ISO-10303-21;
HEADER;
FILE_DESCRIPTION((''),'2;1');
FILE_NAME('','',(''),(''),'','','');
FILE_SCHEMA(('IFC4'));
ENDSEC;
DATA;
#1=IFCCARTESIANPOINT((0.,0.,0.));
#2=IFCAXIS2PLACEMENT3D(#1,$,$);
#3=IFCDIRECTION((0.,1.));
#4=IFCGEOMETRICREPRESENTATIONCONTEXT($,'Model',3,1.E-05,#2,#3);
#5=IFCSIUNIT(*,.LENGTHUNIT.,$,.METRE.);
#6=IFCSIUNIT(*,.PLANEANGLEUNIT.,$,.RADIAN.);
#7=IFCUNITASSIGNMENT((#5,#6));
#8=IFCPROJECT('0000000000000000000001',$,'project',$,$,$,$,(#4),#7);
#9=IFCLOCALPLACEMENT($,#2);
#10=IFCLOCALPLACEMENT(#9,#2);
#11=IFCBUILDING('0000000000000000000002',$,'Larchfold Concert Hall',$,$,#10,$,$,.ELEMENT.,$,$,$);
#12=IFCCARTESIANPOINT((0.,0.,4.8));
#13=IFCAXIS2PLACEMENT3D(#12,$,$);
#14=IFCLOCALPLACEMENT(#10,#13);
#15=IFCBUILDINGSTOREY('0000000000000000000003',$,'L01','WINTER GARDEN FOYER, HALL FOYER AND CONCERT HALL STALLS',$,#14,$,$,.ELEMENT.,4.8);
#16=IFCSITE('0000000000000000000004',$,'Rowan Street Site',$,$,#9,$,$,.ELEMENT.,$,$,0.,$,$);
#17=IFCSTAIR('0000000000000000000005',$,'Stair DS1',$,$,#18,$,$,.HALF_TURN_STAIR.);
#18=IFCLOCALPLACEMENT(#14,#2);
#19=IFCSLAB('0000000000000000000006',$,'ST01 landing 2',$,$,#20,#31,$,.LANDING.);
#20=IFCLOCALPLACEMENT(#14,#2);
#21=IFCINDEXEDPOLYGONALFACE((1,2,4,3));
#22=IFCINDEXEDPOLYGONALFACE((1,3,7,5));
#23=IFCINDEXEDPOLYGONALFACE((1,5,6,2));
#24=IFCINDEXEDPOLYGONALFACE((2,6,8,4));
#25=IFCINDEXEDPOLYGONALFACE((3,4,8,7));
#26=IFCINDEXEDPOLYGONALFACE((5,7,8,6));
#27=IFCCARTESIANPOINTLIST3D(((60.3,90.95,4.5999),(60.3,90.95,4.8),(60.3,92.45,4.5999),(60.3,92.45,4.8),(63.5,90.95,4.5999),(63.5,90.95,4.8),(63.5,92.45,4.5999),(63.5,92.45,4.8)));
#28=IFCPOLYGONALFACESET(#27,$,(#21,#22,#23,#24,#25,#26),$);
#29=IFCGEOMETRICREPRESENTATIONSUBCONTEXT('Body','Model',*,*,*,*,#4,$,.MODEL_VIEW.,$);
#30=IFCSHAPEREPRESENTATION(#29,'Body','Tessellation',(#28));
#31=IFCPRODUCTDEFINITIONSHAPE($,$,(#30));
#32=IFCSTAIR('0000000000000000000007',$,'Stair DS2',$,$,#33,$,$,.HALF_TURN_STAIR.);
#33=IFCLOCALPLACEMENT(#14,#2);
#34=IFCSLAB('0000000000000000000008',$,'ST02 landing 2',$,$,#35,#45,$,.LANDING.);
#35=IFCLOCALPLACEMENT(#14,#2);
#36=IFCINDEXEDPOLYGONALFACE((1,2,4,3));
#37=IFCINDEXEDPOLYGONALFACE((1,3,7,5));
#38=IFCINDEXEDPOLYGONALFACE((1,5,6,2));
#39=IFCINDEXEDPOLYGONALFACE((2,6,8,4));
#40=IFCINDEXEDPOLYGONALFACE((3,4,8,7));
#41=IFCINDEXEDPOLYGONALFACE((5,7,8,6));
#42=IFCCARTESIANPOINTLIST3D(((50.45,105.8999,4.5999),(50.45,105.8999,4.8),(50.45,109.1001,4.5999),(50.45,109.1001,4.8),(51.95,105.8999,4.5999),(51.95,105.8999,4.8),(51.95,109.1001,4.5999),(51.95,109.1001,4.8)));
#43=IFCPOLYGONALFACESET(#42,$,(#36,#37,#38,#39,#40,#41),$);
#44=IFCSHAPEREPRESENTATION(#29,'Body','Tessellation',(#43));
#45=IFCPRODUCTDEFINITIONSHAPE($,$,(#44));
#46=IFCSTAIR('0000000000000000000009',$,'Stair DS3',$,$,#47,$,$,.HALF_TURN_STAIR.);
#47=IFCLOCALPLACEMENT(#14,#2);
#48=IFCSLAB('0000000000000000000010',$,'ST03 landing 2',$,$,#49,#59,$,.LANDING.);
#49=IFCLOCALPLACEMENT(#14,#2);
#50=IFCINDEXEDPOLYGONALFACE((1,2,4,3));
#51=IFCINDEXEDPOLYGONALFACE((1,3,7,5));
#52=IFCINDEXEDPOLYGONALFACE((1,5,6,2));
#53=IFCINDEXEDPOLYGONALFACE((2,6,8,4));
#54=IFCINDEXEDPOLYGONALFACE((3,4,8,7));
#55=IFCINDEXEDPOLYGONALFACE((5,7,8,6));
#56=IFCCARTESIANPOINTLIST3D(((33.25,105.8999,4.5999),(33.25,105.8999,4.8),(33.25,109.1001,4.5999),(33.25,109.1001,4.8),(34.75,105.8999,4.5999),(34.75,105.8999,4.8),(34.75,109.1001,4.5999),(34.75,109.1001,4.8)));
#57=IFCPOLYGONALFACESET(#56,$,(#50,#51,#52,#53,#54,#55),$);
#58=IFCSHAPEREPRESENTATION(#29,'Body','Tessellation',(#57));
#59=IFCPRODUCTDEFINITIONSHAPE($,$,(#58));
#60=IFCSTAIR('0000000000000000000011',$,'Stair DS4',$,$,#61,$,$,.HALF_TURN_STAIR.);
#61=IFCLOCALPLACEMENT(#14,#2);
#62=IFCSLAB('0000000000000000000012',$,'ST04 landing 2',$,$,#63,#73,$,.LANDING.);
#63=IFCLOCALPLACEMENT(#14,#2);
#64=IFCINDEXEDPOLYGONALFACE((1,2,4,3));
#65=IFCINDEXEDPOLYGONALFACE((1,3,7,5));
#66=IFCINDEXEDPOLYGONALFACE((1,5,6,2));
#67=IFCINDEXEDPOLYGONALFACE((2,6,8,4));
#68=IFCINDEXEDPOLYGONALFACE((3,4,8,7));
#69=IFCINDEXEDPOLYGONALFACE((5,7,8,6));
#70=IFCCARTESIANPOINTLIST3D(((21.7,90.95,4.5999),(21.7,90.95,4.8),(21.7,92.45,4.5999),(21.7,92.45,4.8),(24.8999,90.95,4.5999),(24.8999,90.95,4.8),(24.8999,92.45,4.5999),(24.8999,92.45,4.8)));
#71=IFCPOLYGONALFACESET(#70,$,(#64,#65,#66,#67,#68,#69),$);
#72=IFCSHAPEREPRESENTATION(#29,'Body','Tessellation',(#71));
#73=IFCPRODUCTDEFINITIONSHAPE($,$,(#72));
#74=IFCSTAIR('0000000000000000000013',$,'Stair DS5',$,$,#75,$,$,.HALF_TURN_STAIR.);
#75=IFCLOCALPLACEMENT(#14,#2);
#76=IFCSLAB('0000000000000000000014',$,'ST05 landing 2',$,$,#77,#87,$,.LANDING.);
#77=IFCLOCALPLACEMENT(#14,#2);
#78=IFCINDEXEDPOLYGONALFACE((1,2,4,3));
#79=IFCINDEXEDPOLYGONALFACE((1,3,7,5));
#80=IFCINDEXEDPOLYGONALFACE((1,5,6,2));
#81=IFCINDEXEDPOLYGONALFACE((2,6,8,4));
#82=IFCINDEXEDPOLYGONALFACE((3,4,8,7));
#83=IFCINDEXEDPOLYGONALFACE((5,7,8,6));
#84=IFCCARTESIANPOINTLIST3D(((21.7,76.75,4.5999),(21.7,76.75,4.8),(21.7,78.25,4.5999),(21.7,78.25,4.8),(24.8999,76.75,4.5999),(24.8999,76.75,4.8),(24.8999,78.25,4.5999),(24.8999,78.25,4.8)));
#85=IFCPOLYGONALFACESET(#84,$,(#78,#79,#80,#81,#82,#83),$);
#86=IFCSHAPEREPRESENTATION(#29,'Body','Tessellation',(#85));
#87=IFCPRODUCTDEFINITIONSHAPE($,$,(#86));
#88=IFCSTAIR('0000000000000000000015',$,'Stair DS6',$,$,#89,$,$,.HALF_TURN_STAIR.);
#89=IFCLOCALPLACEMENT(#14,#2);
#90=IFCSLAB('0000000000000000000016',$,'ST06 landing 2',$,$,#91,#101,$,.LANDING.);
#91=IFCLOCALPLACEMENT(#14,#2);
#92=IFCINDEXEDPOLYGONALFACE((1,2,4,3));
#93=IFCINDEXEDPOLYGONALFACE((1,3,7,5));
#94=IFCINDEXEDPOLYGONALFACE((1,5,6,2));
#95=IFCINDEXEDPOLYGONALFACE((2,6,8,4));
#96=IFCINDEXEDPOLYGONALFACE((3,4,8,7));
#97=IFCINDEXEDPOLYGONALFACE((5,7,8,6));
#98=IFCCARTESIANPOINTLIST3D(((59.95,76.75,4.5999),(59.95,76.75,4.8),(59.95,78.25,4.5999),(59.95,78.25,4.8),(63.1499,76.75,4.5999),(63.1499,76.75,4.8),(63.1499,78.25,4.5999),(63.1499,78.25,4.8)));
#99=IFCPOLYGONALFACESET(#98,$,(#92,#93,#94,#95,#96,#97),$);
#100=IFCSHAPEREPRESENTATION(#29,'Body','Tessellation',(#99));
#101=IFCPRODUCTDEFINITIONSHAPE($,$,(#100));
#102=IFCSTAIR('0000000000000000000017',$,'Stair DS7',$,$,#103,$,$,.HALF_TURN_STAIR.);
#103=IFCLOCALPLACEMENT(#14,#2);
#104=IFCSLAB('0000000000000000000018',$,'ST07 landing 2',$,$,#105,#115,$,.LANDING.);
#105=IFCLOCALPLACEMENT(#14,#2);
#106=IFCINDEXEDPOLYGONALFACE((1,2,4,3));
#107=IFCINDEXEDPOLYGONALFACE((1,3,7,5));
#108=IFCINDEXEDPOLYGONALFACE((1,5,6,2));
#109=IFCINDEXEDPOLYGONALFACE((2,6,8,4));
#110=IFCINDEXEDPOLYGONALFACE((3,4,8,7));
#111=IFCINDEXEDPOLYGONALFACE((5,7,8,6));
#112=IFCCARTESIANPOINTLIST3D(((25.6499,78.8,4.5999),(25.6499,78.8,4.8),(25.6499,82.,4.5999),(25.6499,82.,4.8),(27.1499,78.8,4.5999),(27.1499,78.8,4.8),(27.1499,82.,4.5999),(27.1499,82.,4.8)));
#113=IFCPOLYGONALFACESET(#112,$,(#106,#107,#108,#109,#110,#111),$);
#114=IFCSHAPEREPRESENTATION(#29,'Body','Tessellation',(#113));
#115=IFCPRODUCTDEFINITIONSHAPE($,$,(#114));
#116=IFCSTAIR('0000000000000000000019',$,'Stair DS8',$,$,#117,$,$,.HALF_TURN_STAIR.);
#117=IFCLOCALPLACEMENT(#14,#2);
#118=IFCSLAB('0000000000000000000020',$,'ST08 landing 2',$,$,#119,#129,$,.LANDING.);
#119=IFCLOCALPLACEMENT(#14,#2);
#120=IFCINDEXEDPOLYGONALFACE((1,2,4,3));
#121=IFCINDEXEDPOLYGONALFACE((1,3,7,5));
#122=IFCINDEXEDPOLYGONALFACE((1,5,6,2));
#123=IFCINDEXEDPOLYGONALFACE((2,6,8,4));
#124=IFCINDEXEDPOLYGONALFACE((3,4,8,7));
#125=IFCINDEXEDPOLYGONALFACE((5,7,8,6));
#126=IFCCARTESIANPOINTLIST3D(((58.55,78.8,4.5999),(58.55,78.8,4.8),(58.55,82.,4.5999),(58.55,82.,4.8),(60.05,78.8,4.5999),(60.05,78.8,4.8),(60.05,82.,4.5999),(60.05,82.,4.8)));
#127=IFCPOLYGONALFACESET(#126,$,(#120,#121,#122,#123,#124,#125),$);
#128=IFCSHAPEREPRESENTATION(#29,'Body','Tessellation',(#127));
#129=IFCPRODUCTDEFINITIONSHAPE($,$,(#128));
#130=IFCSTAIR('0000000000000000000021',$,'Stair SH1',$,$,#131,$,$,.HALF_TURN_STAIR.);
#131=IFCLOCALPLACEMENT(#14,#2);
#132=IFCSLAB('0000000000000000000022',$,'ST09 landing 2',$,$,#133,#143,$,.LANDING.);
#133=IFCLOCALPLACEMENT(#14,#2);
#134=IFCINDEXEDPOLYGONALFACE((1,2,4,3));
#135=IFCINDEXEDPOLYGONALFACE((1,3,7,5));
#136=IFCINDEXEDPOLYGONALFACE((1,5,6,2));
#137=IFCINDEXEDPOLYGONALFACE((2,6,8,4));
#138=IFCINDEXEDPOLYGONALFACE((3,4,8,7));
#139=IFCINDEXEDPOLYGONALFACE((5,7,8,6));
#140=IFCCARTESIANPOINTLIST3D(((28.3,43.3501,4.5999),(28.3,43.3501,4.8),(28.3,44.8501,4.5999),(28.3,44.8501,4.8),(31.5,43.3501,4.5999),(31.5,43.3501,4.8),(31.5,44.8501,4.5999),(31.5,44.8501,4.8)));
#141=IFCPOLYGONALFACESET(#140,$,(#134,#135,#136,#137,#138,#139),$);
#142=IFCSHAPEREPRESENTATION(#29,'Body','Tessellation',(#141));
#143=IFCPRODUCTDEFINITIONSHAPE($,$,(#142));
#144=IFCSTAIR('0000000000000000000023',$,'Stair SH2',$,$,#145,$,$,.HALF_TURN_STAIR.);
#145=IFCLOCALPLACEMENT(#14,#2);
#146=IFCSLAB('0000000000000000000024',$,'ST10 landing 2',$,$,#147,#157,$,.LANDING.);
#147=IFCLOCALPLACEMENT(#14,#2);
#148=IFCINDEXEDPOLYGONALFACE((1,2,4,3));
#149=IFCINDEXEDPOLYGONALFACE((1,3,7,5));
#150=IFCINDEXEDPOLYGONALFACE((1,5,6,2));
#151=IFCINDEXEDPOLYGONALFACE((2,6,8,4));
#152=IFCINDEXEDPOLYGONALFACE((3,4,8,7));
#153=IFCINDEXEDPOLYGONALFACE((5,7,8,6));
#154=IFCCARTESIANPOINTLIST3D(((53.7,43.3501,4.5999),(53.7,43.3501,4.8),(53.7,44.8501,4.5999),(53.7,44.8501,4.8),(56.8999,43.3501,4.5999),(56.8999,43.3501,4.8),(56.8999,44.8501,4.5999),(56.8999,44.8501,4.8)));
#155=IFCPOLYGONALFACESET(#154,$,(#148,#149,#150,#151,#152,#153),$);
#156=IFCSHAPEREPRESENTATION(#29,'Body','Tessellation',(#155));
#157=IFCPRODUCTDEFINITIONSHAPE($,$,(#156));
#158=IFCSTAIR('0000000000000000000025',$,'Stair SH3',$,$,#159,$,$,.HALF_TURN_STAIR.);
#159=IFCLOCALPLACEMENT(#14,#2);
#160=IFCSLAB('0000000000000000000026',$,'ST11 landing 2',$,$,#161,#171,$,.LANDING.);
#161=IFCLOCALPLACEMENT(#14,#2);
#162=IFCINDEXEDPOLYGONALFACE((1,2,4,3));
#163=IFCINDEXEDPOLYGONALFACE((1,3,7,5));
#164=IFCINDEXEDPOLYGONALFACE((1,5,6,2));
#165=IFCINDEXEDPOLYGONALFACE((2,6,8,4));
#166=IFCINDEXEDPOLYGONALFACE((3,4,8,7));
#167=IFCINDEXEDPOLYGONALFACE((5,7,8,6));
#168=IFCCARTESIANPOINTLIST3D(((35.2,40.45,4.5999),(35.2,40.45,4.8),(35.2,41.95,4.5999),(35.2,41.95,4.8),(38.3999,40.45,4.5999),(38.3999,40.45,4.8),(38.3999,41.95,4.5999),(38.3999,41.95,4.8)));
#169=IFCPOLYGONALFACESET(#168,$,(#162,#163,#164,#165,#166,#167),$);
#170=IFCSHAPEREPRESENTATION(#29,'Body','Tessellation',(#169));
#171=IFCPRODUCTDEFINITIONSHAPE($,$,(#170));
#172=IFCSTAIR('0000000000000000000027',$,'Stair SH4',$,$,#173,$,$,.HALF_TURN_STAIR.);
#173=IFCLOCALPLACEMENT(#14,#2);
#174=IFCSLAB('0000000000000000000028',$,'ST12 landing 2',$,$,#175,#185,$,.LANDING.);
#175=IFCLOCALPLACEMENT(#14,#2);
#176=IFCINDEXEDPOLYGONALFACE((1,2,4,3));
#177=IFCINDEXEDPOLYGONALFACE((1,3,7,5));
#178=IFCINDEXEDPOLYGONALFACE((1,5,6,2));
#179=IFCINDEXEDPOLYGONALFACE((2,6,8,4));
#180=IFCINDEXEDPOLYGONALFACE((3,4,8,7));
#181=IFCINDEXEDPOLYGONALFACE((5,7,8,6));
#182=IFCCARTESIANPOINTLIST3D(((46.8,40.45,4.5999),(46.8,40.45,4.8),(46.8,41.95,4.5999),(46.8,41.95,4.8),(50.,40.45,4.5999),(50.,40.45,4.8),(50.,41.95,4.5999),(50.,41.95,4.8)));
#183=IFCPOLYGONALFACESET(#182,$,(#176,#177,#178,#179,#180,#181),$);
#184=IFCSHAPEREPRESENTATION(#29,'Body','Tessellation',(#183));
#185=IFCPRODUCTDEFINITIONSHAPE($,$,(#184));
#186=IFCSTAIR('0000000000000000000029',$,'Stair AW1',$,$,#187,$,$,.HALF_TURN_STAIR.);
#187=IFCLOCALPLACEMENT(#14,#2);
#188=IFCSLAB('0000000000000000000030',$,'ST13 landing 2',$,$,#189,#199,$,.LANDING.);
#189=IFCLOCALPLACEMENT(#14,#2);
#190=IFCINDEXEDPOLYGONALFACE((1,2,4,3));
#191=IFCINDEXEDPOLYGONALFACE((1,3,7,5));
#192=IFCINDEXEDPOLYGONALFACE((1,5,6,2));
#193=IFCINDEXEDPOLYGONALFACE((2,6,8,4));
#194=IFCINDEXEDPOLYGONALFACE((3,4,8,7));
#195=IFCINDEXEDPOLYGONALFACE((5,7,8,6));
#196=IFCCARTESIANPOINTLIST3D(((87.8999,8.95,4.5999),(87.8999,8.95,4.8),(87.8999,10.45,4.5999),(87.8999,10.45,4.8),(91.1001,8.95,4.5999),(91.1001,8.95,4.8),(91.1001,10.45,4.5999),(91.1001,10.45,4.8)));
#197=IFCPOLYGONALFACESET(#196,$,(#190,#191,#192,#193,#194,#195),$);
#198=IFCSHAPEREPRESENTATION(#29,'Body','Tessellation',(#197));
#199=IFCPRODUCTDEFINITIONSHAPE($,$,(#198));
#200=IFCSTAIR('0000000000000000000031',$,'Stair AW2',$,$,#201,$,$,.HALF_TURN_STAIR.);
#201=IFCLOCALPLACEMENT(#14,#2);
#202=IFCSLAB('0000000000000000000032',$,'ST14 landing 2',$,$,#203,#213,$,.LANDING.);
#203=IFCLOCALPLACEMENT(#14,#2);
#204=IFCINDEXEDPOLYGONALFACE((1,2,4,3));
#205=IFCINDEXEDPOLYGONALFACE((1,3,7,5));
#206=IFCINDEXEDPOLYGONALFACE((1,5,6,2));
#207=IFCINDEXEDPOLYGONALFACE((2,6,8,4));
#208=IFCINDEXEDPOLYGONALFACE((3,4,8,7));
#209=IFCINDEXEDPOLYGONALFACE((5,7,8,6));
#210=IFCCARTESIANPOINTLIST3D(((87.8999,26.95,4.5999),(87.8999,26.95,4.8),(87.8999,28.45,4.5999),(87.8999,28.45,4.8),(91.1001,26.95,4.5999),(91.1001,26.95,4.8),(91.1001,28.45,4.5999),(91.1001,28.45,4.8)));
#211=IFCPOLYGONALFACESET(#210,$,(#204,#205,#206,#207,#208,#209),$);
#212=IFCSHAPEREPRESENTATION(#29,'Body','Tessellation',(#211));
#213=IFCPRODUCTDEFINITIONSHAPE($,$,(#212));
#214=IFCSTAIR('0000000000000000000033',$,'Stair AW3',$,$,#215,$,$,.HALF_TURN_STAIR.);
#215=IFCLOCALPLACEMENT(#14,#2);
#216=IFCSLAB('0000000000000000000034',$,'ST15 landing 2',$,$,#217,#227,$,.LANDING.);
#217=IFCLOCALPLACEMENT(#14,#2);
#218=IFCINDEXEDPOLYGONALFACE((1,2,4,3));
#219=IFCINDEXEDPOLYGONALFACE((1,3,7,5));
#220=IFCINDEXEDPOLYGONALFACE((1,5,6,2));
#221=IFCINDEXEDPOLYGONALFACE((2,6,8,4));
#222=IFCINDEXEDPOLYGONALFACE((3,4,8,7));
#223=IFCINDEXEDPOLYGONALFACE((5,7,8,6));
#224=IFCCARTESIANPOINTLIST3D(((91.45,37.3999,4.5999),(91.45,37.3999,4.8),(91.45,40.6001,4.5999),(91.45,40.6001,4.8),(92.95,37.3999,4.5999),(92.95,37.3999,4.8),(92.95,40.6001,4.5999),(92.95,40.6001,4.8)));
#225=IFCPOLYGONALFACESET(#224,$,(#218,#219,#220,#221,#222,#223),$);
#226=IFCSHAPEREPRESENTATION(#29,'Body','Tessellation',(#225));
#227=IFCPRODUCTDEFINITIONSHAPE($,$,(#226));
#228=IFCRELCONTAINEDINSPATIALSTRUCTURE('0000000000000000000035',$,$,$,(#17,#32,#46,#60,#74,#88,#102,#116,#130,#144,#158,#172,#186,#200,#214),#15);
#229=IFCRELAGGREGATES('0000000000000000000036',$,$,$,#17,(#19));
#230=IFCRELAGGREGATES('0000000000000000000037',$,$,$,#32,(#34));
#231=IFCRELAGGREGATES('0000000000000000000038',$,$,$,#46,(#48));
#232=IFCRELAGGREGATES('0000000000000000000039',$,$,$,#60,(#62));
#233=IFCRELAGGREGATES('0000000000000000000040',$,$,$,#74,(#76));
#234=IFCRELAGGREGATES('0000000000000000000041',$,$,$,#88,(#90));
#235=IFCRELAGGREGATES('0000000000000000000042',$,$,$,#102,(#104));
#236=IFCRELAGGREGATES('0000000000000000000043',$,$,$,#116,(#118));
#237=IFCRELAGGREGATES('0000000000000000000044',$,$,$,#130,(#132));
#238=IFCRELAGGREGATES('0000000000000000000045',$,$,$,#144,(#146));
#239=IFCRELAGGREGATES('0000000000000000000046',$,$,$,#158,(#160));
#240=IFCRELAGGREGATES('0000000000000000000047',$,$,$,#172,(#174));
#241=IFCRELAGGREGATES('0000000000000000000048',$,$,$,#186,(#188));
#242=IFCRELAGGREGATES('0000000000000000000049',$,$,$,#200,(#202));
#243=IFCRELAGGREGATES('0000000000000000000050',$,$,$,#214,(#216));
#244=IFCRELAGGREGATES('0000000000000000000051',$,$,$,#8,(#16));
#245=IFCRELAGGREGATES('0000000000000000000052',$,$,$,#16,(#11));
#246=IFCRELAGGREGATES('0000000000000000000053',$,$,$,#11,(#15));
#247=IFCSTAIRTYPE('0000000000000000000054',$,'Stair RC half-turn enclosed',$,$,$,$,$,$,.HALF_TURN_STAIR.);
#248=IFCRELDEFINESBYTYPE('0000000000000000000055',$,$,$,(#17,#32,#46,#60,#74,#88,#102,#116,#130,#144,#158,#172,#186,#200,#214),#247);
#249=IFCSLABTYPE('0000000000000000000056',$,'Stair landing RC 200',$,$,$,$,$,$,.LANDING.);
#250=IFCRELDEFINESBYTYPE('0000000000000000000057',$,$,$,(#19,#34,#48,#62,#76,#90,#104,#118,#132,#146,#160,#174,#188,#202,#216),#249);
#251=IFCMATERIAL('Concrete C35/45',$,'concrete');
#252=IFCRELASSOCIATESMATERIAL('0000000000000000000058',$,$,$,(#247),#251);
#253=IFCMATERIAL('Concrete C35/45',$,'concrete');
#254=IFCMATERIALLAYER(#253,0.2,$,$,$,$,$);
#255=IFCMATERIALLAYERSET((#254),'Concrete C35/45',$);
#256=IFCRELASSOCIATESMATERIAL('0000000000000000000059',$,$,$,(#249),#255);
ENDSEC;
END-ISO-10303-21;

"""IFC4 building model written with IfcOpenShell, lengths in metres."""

from ifc_helpers import new_model, si_unit, direction, frame, origin, place, context, subcontext, project, spatial, polyline, outline, extrude, material, layer, layer_set, type_object, element, aggregate, save


model = new_model("IFC4")

# Units and contexts
model_context = context("Model", 3, precision=1e-05, world=origin(), true_north=direction((0.0, 1.0)))
body_context = subcontext(model_context, "Body", "Model", "MODEL_VIEW")
ifc_project = project(units=[si_unit("LENGTHUNIT", "METRE"), si_unit("PLANEANGLEUNIT", "RADIAN")], contexts=[model_context])

# Site, building, storey
site_placement = place(None, origin())
site = spatial("IfcSite", under=ifc_project, at=site_placement, Name="Rowan Street Site", CompositionType="ELEMENT", RefElevation=0.0)
building_placement = place(site_placement, origin())
building = spatial("IfcBuilding", under=site, at=building_placement, Name="Larchfold Concert Hall", CompositionType="ELEMENT")
storey_placement = place(building_placement, frame((0.0, 0.0, 4.8)))
storey = spatial("IfcBuildingStorey", under=building, at=storey_placement, Name="L01", Description="WINTER GARDEN FOYER, HALL FOYER AND CONCERT HALL STALLS", CompositionType="ELEMENT", Elevation=4.8)

# Stairs, slabs
ifc_material_1 = material(Name="Concrete C35/45", Category="concrete")
stair_type_1 = type_object("IfcStairType", Name="Stair RC half-turn enclosed", PredefinedType="HALF_TURN_STAIR", material=ifc_material_1)
stair_1_placement = place(storey_placement, origin())
stair_1 = element("IfcStair", 1, at=stair_1_placement, inside=storey, type_object=stair_type_1, Name="Stair DS1", PredefinedType="HALF_TURN_STAIR")
ifc_material_2 = material(Name="Concrete C35/45", Category="concrete")
ifc_layer_1 = layer(ifc_material_2, 0.2)
ifc_layer_set_1 = layer_set([ifc_layer_1], Name="Concrete C35/45")
slab_type = type_object("IfcSlabType", Name="Stair landing RC 200", PredefinedType="LANDING", material=ifc_layer_set_1)
slab_1_placement = place(storey_placement, frame((0.0, 0.0, 4.5999)))
slab_1 = element("IfcSlab", 2, at=slab_1_placement, type_object=slab_type, Name="ST01 landing 2", PredefinedType="LANDING", context=body_context, shape_type="SweptSolid", body=[
    extrude(outline(polyline([(63.5, 90.95), (63.5, 92.45), (60.3, 92.45), (60.3, 90.95), (63.5, 90.95)])), origin(), (0.0, 0.0, 1.0), 0.2002),
])
aggregate(stair_1, [slab_1])
stair_2_placement = place(storey_placement, origin())
stair_2 = element("IfcStair", 3, at=stair_2_placement, inside=storey, type_object=stair_type_1, Name="Stair DS2", PredefinedType="HALF_TURN_STAIR")
slab_2_placement = place(storey_placement, frame((0.0, 0.0, 4.5999)))
slab_2 = element("IfcSlab", 4, at=slab_2_placement, type_object=slab_type, Name="ST02 landing 2", PredefinedType="LANDING", context=body_context, shape_type="SweptSolid", body=[
    extrude(outline(polyline([(50.45, 105.8999), (51.95, 105.8999), (51.95, 109.1001), (50.45, 109.1001), (50.45, 105.8999)])), origin(), (0.0, 0.0, 1.0), 0.2002),
])
aggregate(stair_2, [slab_2])
stair_3_placement = place(storey_placement, origin())
stair_3 = element("IfcStair", 5, at=stair_3_placement, inside=storey, type_object=stair_type_1, Name="Stair DS3", PredefinedType="HALF_TURN_STAIR")
slab_3_placement = place(storey_placement, frame((0.0, 0.0, 4.5999)))
slab_3 = element("IfcSlab", 6, at=slab_3_placement, type_object=slab_type, Name="ST03 landing 2", PredefinedType="LANDING", context=body_context, shape_type="SweptSolid", body=[
    extrude(outline(polyline([(34.75, 109.1001), (33.25, 109.1001), (33.25, 105.8999), (34.75, 105.8999), (34.75, 109.1001)])), origin(), (0.0, 0.0, 1.0), 0.2002),
])
aggregate(stair_3, [slab_3])
stair_4_placement = place(storey_placement, origin())
stair_4 = element("IfcStair", 7, at=stair_4_placement, inside=storey, type_object=stair_type_1, Name="Stair DS4", PredefinedType="HALF_TURN_STAIR")
slab_4_placement = place(storey_placement, frame((0.0, 0.0, 4.5999)))
slab_4 = element("IfcSlab", 8, at=slab_4_placement, type_object=slab_type, Name="ST04 landing 2", PredefinedType="LANDING", context=body_context, shape_type="SweptSolid", body=[
    extrude(outline(polyline([(24.8999, 90.95), (24.8999, 92.45), (21.7, 92.45), (21.7, 90.95), (24.8999, 90.95)])), origin(), (0.0, 0.0, 1.0), 0.2002),
])
aggregate(stair_4, [slab_4])
stair_5_placement = place(storey_placement, origin())
stair_5 = element("IfcStair", 9, at=stair_5_placement, inside=storey, type_object=stair_type_1, Name="Stair DS5", PredefinedType="HALF_TURN_STAIR")
slab_5_placement = place(storey_placement, frame((0.0, 0.0, 4.5999)))
slab_5 = element("IfcSlab", 10, at=slab_5_placement, type_object=slab_type, Name="ST05 landing 2", PredefinedType="LANDING", context=body_context, shape_type="SweptSolid", body=[
    extrude(outline(polyline([(21.7, 78.25), (21.7, 76.75), (24.8999, 76.75), (24.8999, 78.25), (21.7, 78.25)])), origin(), (0.0, 0.0, 1.0), 0.2002),
])
aggregate(stair_5, [slab_5])
stair_6_placement = place(storey_placement, origin())
stair_6 = element("IfcStair", 11, at=stair_6_placement, inside=storey, type_object=stair_type_1, Name="Stair DS6", PredefinedType="HALF_TURN_STAIR")
slab_6_placement = place(storey_placement, frame((0.0, 0.0, 4.5999)))
slab_6 = element("IfcSlab", 12, at=slab_6_placement, type_object=slab_type, Name="ST06 landing 2", PredefinedType="LANDING", context=body_context, shape_type="SweptSolid", body=[
    extrude(outline(polyline([(59.95, 78.25), (59.95, 76.75), (63.1499, 76.75), (63.1499, 78.25), (59.95, 78.25)])), origin(), (0.0, 0.0, 1.0), 0.2002),
])
aggregate(stair_6, [slab_6])
stair_7_placement = place(storey_placement, origin())
stair_7 = element("IfcStair", 13, at=stair_7_placement, inside=storey, type_object=stair_type_1, Name="Stair DS7", PredefinedType="HALF_TURN_STAIR")
slab_7_placement = place(storey_placement, frame((0.0, 0.0, 4.5999)))
slab_7 = element("IfcSlab", 14, at=slab_7_placement, type_object=slab_type, Name="ST07 landing 2", PredefinedType="LANDING", context=body_context, shape_type="SweptSolid", body=[
    extrude(outline(polyline([(27.1499, 82.0), (25.6499, 82.0), (25.6499, 78.8), (27.1499, 78.8), (27.1499, 82.0)])), origin(), (0.0, 0.0, 1.0), 0.2002),
])
aggregate(stair_7, [slab_7])
stair_8_placement = place(storey_placement, origin())
stair_8 = element("IfcStair", 15, at=stair_8_placement, inside=storey, type_object=stair_type_1, Name="Stair DS8", PredefinedType="HALF_TURN_STAIR")
slab_8_placement = place(storey_placement, frame((0.0, 0.0, 4.5999)))
slab_8 = element("IfcSlab", 16, at=slab_8_placement, type_object=slab_type, Name="ST08 landing 2", PredefinedType="LANDING", context=body_context, shape_type="SweptSolid", body=[
    extrude(outline(polyline([(58.55, 78.8), (60.05, 78.8), (60.05, 82.0), (58.55, 82.0), (58.55, 78.8)])), origin(), (0.0, 0.0, 1.0), 0.2002),
])
aggregate(stair_8, [slab_8])
stair_9_placement = place(storey_placement, origin())
stair_9 = element("IfcStair", 17, at=stair_9_placement, inside=storey, type_object=stair_type_1, Name="Stair SH1", PredefinedType="HALF_TURN_STAIR")
slab_9_placement = place(storey_placement, frame((0.0, 0.0, 4.5999)))
slab_9 = element("IfcSlab", 18, at=slab_9_placement, type_object=slab_type, Name="ST09 landing 2", PredefinedType="LANDING", context=body_context, shape_type="SweptSolid", body=[
    extrude(outline(polyline([(31.5, 43.3501), (31.5, 44.8501), (28.3, 44.8501), (28.3, 43.3501), (31.5, 43.3501)])), origin(), (0.0, 0.0, 1.0), 0.2002),
])
aggregate(stair_9, [slab_9])
stair_10_placement = place(storey_placement, origin())
stair_10 = element("IfcStair", 19, at=stair_10_placement, inside=storey, type_object=stair_type_1, Name="Stair SH2", PredefinedType="HALF_TURN_STAIR")
slab_10_placement = place(storey_placement, frame((0.0, 0.0, 4.5999)))
slab_10 = element("IfcSlab", 20, at=slab_10_placement, type_object=slab_type, Name="ST10 landing 2", PredefinedType="LANDING", context=body_context, shape_type="SweptSolid", body=[
    extrude(outline(polyline([(56.8999, 43.3501), (56.8999, 44.8501), (53.7, 44.8501), (53.7, 43.3501), (56.8999, 43.3501)])), origin(), (0.0, 0.0, 1.0), 0.2002),
])
aggregate(stair_10, [slab_10])
stair_11_placement = place(storey_placement, origin())
stair_11 = element("IfcStair", 21, at=stair_11_placement, inside=storey, type_object=stair_type_1, Name="Stair SH3", PredefinedType="HALF_TURN_STAIR")
slab_11_placement = place(storey_placement, frame((0.0, 0.0, 4.5999)))
slab_11 = element("IfcSlab", 22, at=slab_11_placement, type_object=slab_type, Name="ST11 landing 2", PredefinedType="LANDING", context=body_context, shape_type="SweptSolid", body=[
    extrude(outline(polyline([(35.2, 41.95), (35.2, 40.45), (38.3999, 40.45), (38.3999, 41.95), (35.2, 41.95)])), origin(), (0.0, 0.0, 1.0), 0.2002),
])
aggregate(stair_11, [slab_11])
stair_12_placement = place(storey_placement, origin())
stair_12 = element("IfcStair", 23, at=stair_12_placement, inside=storey, type_object=stair_type_1, Name="Stair SH4", PredefinedType="HALF_TURN_STAIR")
slab_12_placement = place(storey_placement, frame((0.0, 0.0, 4.5999)))
slab_12 = element("IfcSlab", 24, at=slab_12_placement, type_object=slab_type, Name="ST12 landing 2", PredefinedType="LANDING", context=body_context, shape_type="SweptSolid", body=[
    extrude(outline(polyline([(46.8, 41.95), (46.8, 40.45), (50.0, 40.45), (50.0, 41.95), (46.8, 41.95)])), origin(), (0.0, 0.0, 1.0), 0.2002),
])
aggregate(stair_12, [slab_12])
stair_13_placement = place(storey_placement, origin())
stair_13 = element("IfcStair", 25, at=stair_13_placement, inside=storey, type_object=stair_type_1, Name="Stair AW1", PredefinedType="HALF_TURN_STAIR")
slab_13_placement = place(storey_placement, frame((0.0, 0.0, 4.5999)))
slab_13 = element("IfcSlab", 26, at=slab_13_placement, type_object=slab_type, Name="ST13 landing 2", PredefinedType="LANDING", context=body_context, shape_type="SweptSolid", body=[
    extrude(outline(polyline([(87.8999, 10.45), (87.8999, 8.95), (91.1001, 8.95), (91.1001, 10.45), (87.8999, 10.45)])), origin(), (0.0, 0.0, 1.0), 0.2002),
])
aggregate(stair_13, [slab_13])
stair_14_placement = place(storey_placement, origin())
stair_14 = element("IfcStair", 27, at=stair_14_placement, inside=storey, type_object=stair_type_1, Name="Stair AW2", PredefinedType="HALF_TURN_STAIR")
slab_14_placement = place(storey_placement, frame((0.0, 0.0, 4.5999)))
slab_14 = element("IfcSlab", 28, at=slab_14_placement, type_object=slab_type, Name="ST14 landing 2", PredefinedType="LANDING", context=body_context, shape_type="SweptSolid", body=[
    extrude(outline(polyline([(87.8999, 28.45), (87.8999, 26.95), (91.1001, 26.95), (91.1001, 28.45), (87.8999, 28.45)])), origin(), (0.0, 0.0, 1.0), 0.2002),
])
aggregate(stair_14, [slab_14])
stair_15_placement = place(storey_placement, origin())
stair_15 = element("IfcStair", 29, at=stair_15_placement, inside=storey, type_object=stair_type_1, Name="Stair AW3", PredefinedType="HALF_TURN_STAIR")
slab_15_placement = place(storey_placement, frame((0.0, 0.0, 4.5999)))
slab_15 = element("IfcSlab", 30, at=slab_15_placement, type_object=slab_type, Name="ST15 landing 2", PredefinedType="LANDING", context=body_context, shape_type="SweptSolid", body=[
    extrude(outline(polyline([(92.95, 40.6001), (91.45, 40.6001), (91.45, 37.3999), (92.95, 37.3999), (92.95, 40.6001)])), origin(), (0.0, 0.0, 1.0), 0.2002),
])
aggregate(stair_15, [slab_15])

save(model, "model.ifc")
